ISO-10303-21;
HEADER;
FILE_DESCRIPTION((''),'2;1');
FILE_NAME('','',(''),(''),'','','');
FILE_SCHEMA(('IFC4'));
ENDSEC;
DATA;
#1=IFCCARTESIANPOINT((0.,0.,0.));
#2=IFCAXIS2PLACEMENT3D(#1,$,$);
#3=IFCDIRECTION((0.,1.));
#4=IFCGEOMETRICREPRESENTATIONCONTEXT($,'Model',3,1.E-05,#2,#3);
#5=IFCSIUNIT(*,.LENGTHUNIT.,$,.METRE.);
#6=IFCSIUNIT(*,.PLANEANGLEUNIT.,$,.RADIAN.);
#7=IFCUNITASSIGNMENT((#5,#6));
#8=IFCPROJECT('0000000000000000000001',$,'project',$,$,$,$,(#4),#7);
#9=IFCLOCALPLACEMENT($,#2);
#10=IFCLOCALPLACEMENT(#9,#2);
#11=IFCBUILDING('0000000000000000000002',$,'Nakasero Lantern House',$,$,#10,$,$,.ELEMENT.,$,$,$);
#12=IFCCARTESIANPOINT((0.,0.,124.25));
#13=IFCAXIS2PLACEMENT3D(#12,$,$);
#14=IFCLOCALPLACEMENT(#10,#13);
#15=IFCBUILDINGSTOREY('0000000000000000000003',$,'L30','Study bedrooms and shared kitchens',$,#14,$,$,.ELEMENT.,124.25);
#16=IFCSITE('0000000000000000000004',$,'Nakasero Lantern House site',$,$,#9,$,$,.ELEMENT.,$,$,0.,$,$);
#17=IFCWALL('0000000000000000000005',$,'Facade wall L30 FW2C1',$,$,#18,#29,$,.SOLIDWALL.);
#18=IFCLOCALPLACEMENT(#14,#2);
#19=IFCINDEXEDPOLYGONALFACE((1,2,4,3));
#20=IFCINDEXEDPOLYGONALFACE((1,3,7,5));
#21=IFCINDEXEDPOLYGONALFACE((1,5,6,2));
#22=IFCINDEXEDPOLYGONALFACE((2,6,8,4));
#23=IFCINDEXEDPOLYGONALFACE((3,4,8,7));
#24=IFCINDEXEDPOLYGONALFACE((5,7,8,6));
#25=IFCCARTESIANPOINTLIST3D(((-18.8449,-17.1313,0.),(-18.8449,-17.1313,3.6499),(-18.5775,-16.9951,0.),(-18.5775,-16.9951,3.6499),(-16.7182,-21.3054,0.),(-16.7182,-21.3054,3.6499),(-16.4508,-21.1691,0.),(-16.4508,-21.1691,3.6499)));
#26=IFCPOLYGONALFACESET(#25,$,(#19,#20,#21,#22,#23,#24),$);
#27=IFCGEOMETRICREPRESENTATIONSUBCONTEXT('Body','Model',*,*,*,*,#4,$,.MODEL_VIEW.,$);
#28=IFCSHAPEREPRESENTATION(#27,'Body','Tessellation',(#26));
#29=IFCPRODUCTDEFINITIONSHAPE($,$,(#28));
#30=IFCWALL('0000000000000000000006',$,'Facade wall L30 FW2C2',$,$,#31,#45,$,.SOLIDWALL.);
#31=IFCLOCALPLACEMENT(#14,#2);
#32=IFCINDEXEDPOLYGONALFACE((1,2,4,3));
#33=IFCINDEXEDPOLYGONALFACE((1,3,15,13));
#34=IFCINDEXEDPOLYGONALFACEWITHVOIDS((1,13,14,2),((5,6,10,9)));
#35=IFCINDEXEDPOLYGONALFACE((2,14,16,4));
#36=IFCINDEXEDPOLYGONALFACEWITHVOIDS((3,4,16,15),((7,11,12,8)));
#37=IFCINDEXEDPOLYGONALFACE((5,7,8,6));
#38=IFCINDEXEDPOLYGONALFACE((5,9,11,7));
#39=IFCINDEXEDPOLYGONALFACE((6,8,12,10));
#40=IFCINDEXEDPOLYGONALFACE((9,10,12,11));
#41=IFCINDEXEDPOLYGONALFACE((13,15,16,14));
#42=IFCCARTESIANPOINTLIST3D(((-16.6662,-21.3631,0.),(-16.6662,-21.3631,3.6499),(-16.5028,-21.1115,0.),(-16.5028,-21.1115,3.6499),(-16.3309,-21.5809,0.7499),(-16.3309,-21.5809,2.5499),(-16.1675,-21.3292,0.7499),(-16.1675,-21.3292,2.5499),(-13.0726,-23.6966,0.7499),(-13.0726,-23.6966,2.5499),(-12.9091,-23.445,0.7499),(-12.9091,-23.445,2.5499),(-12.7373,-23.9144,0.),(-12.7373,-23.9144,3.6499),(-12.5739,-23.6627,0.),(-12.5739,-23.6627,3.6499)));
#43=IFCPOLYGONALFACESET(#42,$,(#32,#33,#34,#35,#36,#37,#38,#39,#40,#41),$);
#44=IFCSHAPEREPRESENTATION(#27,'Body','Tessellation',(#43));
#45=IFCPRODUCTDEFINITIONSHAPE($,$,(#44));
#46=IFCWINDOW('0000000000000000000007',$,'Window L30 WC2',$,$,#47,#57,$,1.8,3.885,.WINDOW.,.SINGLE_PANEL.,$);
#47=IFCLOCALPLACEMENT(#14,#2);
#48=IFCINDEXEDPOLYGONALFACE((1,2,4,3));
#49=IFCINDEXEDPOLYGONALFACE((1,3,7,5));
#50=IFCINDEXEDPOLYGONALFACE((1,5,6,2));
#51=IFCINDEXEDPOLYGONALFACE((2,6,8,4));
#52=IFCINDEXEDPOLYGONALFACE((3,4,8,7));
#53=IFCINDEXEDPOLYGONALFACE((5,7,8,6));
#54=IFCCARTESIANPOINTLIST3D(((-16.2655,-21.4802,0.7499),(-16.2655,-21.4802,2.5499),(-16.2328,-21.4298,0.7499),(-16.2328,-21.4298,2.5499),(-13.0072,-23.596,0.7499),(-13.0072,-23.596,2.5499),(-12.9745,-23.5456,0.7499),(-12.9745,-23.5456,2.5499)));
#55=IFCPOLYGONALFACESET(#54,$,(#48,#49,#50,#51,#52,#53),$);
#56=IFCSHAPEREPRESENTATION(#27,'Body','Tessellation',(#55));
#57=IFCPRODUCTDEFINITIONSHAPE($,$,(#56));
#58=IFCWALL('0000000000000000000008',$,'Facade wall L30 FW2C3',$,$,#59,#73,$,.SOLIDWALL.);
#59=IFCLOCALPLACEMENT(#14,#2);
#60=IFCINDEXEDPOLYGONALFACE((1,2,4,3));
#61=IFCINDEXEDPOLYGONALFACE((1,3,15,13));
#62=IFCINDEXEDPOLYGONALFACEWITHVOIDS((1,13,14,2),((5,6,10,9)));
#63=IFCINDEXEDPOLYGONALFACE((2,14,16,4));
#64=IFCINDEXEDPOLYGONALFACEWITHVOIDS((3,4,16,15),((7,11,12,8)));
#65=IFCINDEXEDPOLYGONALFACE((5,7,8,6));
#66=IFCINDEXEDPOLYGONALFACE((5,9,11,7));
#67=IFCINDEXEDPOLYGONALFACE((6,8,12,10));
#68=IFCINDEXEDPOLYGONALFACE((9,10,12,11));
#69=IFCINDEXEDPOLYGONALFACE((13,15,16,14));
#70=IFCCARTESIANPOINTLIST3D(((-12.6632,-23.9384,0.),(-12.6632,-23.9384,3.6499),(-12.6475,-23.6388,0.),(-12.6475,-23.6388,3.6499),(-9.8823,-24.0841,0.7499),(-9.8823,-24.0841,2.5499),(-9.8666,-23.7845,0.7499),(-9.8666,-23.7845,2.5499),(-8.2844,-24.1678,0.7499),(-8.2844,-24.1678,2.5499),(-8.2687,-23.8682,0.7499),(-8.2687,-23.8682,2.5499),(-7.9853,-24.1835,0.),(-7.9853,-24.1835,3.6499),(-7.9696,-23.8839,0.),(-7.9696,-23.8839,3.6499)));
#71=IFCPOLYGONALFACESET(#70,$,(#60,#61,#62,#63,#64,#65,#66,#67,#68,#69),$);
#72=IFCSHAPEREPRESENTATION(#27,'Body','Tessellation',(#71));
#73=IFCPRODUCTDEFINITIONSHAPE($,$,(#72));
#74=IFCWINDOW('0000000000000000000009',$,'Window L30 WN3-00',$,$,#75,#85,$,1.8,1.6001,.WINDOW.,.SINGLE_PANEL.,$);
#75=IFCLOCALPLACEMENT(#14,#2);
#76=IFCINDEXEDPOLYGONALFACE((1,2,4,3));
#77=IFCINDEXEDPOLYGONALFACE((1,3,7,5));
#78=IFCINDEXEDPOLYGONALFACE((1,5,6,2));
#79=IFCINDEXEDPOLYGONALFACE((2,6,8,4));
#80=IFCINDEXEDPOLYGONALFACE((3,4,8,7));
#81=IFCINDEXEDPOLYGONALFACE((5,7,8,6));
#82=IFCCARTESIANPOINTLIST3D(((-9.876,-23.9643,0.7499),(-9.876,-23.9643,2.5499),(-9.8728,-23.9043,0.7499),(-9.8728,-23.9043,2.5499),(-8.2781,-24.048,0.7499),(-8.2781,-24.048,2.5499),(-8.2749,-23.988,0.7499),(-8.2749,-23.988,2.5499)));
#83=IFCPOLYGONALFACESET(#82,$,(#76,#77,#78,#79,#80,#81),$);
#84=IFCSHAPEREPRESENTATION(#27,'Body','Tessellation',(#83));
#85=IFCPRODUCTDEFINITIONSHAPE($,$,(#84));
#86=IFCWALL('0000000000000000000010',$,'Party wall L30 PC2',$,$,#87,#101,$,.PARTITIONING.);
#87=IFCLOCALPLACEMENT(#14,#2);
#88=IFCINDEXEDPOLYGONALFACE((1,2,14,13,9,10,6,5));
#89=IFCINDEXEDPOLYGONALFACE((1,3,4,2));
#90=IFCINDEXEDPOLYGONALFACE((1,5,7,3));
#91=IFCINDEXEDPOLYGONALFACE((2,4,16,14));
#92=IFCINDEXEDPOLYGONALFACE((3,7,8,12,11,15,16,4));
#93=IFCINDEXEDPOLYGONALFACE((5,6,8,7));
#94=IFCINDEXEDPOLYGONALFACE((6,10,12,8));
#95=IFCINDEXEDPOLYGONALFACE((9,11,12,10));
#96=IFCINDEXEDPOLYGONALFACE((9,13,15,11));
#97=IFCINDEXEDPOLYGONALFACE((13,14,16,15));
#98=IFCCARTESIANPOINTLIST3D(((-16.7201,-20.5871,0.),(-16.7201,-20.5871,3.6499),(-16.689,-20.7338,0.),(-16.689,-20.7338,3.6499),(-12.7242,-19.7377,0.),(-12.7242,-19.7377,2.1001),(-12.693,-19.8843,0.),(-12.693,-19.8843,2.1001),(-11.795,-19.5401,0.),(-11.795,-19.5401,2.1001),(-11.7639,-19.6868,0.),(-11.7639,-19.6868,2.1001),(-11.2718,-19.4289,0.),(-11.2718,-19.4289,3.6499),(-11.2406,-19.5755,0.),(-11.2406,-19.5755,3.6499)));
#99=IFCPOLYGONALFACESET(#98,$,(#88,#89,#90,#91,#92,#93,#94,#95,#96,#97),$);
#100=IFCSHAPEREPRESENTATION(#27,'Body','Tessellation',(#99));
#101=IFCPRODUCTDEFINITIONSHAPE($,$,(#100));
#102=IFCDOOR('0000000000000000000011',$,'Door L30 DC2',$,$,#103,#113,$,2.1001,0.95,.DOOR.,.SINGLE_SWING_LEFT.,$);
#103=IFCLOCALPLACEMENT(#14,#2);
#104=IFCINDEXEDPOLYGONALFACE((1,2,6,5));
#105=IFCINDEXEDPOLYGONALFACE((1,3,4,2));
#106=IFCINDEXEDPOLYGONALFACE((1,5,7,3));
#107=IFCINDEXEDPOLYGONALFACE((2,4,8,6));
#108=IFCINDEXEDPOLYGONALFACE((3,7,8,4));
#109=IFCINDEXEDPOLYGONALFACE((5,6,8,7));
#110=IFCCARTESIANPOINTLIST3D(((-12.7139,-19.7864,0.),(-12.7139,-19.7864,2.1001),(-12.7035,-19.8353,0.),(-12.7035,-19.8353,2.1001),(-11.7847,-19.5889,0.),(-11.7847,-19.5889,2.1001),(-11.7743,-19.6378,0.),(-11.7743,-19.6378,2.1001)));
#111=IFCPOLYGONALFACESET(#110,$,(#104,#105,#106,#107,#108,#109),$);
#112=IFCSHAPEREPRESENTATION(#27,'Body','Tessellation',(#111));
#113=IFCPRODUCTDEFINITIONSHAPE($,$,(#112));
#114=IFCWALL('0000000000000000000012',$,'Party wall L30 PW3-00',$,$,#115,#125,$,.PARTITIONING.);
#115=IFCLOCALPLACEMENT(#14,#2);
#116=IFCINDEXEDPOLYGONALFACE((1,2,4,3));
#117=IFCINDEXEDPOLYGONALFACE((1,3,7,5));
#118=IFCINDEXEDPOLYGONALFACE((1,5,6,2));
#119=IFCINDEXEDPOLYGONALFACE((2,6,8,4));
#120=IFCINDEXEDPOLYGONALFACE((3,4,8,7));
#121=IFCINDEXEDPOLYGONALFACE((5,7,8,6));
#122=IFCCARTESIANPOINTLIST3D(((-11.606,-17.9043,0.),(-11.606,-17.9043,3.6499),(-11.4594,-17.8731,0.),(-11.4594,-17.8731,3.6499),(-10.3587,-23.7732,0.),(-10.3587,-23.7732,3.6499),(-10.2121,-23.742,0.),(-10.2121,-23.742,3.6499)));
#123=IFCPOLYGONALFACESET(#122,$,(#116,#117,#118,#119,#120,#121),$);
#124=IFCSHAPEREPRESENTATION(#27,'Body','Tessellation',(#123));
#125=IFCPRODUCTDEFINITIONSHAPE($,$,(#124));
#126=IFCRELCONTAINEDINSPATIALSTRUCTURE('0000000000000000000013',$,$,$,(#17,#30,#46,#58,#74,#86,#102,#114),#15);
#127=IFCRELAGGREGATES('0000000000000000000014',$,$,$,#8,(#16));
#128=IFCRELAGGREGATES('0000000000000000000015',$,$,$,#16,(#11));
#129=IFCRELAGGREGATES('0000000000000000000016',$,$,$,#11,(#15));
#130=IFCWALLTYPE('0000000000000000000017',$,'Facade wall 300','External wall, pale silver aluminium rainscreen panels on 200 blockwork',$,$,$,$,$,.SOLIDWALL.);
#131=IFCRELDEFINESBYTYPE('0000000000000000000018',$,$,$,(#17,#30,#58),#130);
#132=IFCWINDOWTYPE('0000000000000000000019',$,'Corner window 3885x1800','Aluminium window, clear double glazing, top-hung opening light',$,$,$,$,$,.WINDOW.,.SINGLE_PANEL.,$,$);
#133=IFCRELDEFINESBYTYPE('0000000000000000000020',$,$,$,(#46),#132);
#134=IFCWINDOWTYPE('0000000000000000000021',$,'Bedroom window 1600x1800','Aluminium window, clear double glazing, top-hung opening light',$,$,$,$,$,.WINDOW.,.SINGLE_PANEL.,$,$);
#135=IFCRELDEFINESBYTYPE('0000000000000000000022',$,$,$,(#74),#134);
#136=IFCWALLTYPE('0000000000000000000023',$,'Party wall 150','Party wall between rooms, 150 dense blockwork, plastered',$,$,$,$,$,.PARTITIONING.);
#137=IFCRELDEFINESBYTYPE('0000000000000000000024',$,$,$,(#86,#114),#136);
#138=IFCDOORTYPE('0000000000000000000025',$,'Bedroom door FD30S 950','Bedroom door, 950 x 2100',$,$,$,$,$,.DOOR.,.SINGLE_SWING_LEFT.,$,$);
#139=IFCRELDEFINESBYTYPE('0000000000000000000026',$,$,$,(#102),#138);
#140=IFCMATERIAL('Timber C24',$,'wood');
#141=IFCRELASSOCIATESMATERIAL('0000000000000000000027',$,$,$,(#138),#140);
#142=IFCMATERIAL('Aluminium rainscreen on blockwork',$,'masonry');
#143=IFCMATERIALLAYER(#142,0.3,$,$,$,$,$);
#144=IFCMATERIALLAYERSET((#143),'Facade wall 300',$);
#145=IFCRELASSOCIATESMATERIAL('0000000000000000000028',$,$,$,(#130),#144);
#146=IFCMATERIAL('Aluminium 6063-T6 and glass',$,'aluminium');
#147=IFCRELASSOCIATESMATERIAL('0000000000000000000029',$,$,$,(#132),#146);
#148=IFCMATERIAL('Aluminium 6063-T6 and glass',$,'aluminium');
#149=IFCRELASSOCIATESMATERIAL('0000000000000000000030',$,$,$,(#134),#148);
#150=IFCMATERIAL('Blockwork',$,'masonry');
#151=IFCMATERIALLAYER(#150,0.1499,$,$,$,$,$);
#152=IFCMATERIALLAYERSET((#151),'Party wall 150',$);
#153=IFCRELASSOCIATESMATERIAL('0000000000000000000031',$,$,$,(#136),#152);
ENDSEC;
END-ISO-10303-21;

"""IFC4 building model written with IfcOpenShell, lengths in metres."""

from ifc_helpers import new_model, si_unit, direction, frame, frame_2d, origin, place, context, subcontext, project, spatial, rectangle, extrude, material, layer, layer_set, type_object, element, fill, save


model = new_model("IFC4")

# Units and contexts
model_context = context("Model", 3, precision=1e-05, world=origin(), true_north=direction((0.0, 1.0)))
body_context = subcontext(model_context, "Body", "Model", "MODEL_VIEW")
ifc_project = project(units=[si_unit("LENGTHUNIT", "METRE"), si_unit("PLANEANGLEUNIT", "RADIAN")], contexts=[model_context])

# Site, building, storey
site_placement = place(None, origin())
site = spatial("IfcSite", under=ifc_project, at=site_placement, Name="Nakasero Lantern House site", CompositionType="ELEMENT", RefElevation=0.0)
building_placement = place(site_placement, origin())
building = spatial("IfcBuilding", under=site, at=building_placement, Name="Nakasero Lantern House", CompositionType="ELEMENT")
storey_placement = place(building_placement, frame((0.0, 0.0, 124.25)))
storey = spatial("IfcBuildingStorey", under=building, at=storey_placement, Name="L30", Description="Study bedrooms and shared kitchens", CompositionType="ELEMENT", Elevation=124.25)

# Shared definitions
ifc_material_1 = material(Name="Timber C24", Category="wood")
door_type_1 = type_object("IfcDoorType", Name="Bedroom door FD30S 950", Description="Bedroom door, 950 x 2100", OperationType="SINGLE_SWING_LEFT", PredefinedType="DOOR", material=ifc_material_1)

# Wall
ifc_material_2 = material(Name="Aluminium rainscreen on blockwork", Category="masonry")
ifc_layer_1 = layer(ifc_material_2, 0.3)
ifc_layer_set_1 = layer_set([ifc_layer_1], Name="Facade wall 300")
wall_type_1 = type_object("IfcWallType", Name="Facade wall 300", Description="External wall, pale silver aluminium rainscreen panels on 200 blockwork", PredefinedType="SOLIDWALL", material=ifc_layer_set_1)
wall_1_placement = place(storey_placement, frame((-18.7112, -17.0632, 0.0), z_axis=(0.0, 0.0, 1.0), x_axis=(0.453976, -0.891014, 0.0)))
element("IfcWall", 1, at=wall_1_placement, inside=storey, type_object=wall_type_1, Name="Facade wall L30 FW2C1", PredefinedType="SOLIDWALL", context=body_context, shape_type="SweptSolid", body=[
    extrude(rectangle(XDim=4.6846, YDim=0.3, at=frame_2d((2.3423, 0.0))), origin(), (0.0, 0.0, 1.0), 3.6499),
])

# Walls, openings, windows
wall_2_placement = place(storey_placement, frame((-16.5845, -21.2373, 0.0), z_axis=(0.0, 0.0, 1.0), x_axis=(0.838692, -0.544605, 0.0)))
wall_2 = element("IfcWall", 2, at=wall_2_placement, inside=storey, type_object=wall_type_1, Name="Facade wall L30 FW2C2", PredefinedType="SOLIDWALL", context=body_context, shape_type="SweptSolid", body=[
    extrude(rectangle(XDim=4.6846, YDim=0.3, at=frame_2d((2.3423, 0.0))), origin(), (0.0, 0.0, 1.0), 3.6499),
])
opening_1_placement = place(wall_2_placement, frame((0.3999, 0.0, 0.75)))
opening_1 = element("IfcOpeningElement", 3, at=opening_1_placement, cuts=wall_2, PredefinedType="OPENING", context=body_context, shape_type="SweptSolid", body=[
    extrude(rectangle(XDim=3.885, YDim=1.8, at=frame_2d((1.9424, 0.8999))), frame((0.0, 0.1699, 0.0), z_axis=(0.0, -1.0, 0.0), x_axis=(1.0, 0.0, 0.0)), (0.0, 0.0, 1.0), 0.3401),
])
ifc_material_3 = material(Name="Aluminium 6063-T6 and glass", Category="aluminium")
window_type_1 = type_object("IfcWindowType", Name="Corner window 3885x1800", Description="Aluminium window, clear double glazing, top-hung opening light", PartitioningType="SINGLE_PANEL", PredefinedType="WINDOW", material=ifc_material_3)
window_1_placement = place(opening_1_placement, origin())
window_1 = element("IfcWindow", 4, at=window_1_placement, inside=storey, type_object=window_type_1, Name="Window L30 WC2", OverallHeight=1.8, OverallWidth=3.885, PartitioningType="SINGLE_PANEL", PredefinedType="WINDOW", context=body_context, shape_type="SweptSolid", body=[
    extrude(rectangle(XDim=3.885, YDim=1.8, at=frame_2d((1.9424, 0.8999))), frame((0.0, 0.03, 0.0), z_axis=(0.0, -1.0, 0.0), x_axis=(1.0, 0.0, 0.0)), (0.0, 0.0, 1.0), 0.0601),
])
fill(opening_1, window_1)
wall_3_placement = place(storey_placement, frame((-12.6555, -23.7886, 0.0), z_axis=(0.0, 0.0, 1.0), x_axis=(0.99863, -0.052326, 0.0)))
wall_3 = element("IfcWall", 5, at=wall_3_placement, inside=storey, type_object=wall_type_1, Name="Facade wall L30 FW2C3", PredefinedType="SOLIDWALL", context=body_context, shape_type="SweptSolid", body=[
    extrude(rectangle(XDim=4.6843, YDim=0.3, at=frame_2d((2.3423, 0.0))), origin(), (0.0, 0.0, 1.0), 3.6499),
])
opening_2_placement = place(wall_3_placement, frame((2.7849, 0.0, 0.75)))
opening_2 = element("IfcOpeningElement", 6, at=opening_2_placement, cuts=wall_3, PredefinedType="OPENING", context=body_context, shape_type="SweptSolid", body=[
    extrude(rectangle(XDim=1.6001, YDim=1.8, at=frame_2d((0.8, 0.8999))), frame((0.0, 0.1699, 0.0), z_axis=(0.0, -1.0, 0.0), x_axis=(1.0, 0.0, 0.0)), (0.0, 0.0, 1.0), 0.3401),
])
ifc_material_4 = material(Name="Aluminium 6063-T6 and glass", Category="aluminium")
window_type_2 = type_object("IfcWindowType", Name="Bedroom window 1600x1800", Description="Aluminium window, clear double glazing, top-hung opening light", PartitioningType="SINGLE_PANEL", PredefinedType="WINDOW", material=ifc_material_4)
window_2_placement = place(opening_2_placement, origin())
window_2 = element("IfcWindow", 7, at=window_2_placement, inside=storey, type_object=window_type_2, Name="Window L30 WN3-00", OverallHeight=1.8, OverallWidth=1.6001, PartitioningType="SINGLE_PANEL", PredefinedType="WINDOW", context=body_context, shape_type="SweptSolid", body=[
    extrude(rectangle(XDim=1.6001, YDim=1.8, at=frame_2d((0.8, 0.8999))), frame((0.0, 0.03, 0.0), z_axis=(0.0, -1.0, 0.0), x_axis=(1.0, 0.0, 0.0)), (0.0, 0.0, 1.0), 0.0601),
])
fill(opening_2, window_2)

# Wall, opening, door
ifc_material_5 = material(Name="Blockwork", Category="masonry")
ifc_layer_2 = layer(ifc_material_5, 0.1499)
ifc_layer_set_2 = layer_set([ifc_layer_2], Name="Party wall 150")
wall_type_2 = type_object("IfcWallType", Name="Party wall 150", Description="Party wall between rooms, 150 dense blockwork, plastered", PredefinedType="PARTITIONING", material=ifc_layer_set_2)
wall_4_placement = place(storey_placement, frame((-11.2561, -19.5022, 0.0), z_axis=(0.0, 0.0, 1.0), x_axis=(-0.978142, -0.207936, 0.0)))
wall_4 = element("IfcWall", 8, at=wall_4_placement, inside=storey, type_object=wall_type_2, Name="Party wall L30 PC2", PredefinedType="PARTITIONING", context=body_context, shape_type="SweptSolid", body=[
    extrude(rectangle(XDim=5.5701, YDim=0.1499, at=frame_2d((2.7852, 0.0))), origin(), (0.0, 0.0, 1.0), 3.6499),
])
opening_3_placement = place(wall_4_placement, frame((0.5349, 0.0, 0.0)))
opening_3 = element("IfcOpeningElement", 9, at=opening_3_placement, cuts=wall_4, PredefinedType="OPENING", context=body_context, shape_type="SweptSolid", body=[
    extrude(rectangle(XDim=0.95, YDim=2.1001, at=frame_2d((0.4751, 1.05))), frame((0.0, 0.095, 0.0), z_axis=(0.0, -1.0, 0.0), x_axis=(1.0, 0.0, 0.0)), (0.0, 0.0, 1.0), 0.1899),
])
door_1_placement = place(opening_3_placement, origin())
door_1 = element("IfcDoor", 10, at=door_1_placement, inside=storey, type_object=door_type_1, Name="Door L30 DC2", OperationType="SINGLE_SWING_LEFT", OverallHeight=2.1001, OverallWidth=0.95, PredefinedType="DOOR", context=body_context, shape_type="SweptSolid", body=[
    extrude(rectangle(XDim=0.95, YDim=2.1001, at=frame_2d((0.4751, 1.05))), frame((0.0, 0.0249, 0.0), z_axis=(0.0, -1.0, 0.0), x_axis=(1.0, 0.0, 0.0)), (0.0, 0.0, 1.0), 0.05),
])
fill(opening_3, door_1)

# Wall
wall_5_placement = place(storey_placement, frame((-11.5327, -17.8887, 0.0), z_axis=(0.0, 0.0, 1.0), x_axis=(0.207886, -0.978153, 0.0)))
element("IfcWall", 11, at=wall_5_placement, inside=storey, type_object=wall_type_2, Name="Party wall L30 PW3-00", PredefinedType="PARTITIONING", context=body_context, shape_type="SweptSolid", body=[
    extrude(rectangle(XDim=6.0, YDim=0.1499, at=frame_2d((3.0, 0.0))), origin(), (0.0, 0.0, 1.0), 3.6499),
])

save(model, "model.ifc")
